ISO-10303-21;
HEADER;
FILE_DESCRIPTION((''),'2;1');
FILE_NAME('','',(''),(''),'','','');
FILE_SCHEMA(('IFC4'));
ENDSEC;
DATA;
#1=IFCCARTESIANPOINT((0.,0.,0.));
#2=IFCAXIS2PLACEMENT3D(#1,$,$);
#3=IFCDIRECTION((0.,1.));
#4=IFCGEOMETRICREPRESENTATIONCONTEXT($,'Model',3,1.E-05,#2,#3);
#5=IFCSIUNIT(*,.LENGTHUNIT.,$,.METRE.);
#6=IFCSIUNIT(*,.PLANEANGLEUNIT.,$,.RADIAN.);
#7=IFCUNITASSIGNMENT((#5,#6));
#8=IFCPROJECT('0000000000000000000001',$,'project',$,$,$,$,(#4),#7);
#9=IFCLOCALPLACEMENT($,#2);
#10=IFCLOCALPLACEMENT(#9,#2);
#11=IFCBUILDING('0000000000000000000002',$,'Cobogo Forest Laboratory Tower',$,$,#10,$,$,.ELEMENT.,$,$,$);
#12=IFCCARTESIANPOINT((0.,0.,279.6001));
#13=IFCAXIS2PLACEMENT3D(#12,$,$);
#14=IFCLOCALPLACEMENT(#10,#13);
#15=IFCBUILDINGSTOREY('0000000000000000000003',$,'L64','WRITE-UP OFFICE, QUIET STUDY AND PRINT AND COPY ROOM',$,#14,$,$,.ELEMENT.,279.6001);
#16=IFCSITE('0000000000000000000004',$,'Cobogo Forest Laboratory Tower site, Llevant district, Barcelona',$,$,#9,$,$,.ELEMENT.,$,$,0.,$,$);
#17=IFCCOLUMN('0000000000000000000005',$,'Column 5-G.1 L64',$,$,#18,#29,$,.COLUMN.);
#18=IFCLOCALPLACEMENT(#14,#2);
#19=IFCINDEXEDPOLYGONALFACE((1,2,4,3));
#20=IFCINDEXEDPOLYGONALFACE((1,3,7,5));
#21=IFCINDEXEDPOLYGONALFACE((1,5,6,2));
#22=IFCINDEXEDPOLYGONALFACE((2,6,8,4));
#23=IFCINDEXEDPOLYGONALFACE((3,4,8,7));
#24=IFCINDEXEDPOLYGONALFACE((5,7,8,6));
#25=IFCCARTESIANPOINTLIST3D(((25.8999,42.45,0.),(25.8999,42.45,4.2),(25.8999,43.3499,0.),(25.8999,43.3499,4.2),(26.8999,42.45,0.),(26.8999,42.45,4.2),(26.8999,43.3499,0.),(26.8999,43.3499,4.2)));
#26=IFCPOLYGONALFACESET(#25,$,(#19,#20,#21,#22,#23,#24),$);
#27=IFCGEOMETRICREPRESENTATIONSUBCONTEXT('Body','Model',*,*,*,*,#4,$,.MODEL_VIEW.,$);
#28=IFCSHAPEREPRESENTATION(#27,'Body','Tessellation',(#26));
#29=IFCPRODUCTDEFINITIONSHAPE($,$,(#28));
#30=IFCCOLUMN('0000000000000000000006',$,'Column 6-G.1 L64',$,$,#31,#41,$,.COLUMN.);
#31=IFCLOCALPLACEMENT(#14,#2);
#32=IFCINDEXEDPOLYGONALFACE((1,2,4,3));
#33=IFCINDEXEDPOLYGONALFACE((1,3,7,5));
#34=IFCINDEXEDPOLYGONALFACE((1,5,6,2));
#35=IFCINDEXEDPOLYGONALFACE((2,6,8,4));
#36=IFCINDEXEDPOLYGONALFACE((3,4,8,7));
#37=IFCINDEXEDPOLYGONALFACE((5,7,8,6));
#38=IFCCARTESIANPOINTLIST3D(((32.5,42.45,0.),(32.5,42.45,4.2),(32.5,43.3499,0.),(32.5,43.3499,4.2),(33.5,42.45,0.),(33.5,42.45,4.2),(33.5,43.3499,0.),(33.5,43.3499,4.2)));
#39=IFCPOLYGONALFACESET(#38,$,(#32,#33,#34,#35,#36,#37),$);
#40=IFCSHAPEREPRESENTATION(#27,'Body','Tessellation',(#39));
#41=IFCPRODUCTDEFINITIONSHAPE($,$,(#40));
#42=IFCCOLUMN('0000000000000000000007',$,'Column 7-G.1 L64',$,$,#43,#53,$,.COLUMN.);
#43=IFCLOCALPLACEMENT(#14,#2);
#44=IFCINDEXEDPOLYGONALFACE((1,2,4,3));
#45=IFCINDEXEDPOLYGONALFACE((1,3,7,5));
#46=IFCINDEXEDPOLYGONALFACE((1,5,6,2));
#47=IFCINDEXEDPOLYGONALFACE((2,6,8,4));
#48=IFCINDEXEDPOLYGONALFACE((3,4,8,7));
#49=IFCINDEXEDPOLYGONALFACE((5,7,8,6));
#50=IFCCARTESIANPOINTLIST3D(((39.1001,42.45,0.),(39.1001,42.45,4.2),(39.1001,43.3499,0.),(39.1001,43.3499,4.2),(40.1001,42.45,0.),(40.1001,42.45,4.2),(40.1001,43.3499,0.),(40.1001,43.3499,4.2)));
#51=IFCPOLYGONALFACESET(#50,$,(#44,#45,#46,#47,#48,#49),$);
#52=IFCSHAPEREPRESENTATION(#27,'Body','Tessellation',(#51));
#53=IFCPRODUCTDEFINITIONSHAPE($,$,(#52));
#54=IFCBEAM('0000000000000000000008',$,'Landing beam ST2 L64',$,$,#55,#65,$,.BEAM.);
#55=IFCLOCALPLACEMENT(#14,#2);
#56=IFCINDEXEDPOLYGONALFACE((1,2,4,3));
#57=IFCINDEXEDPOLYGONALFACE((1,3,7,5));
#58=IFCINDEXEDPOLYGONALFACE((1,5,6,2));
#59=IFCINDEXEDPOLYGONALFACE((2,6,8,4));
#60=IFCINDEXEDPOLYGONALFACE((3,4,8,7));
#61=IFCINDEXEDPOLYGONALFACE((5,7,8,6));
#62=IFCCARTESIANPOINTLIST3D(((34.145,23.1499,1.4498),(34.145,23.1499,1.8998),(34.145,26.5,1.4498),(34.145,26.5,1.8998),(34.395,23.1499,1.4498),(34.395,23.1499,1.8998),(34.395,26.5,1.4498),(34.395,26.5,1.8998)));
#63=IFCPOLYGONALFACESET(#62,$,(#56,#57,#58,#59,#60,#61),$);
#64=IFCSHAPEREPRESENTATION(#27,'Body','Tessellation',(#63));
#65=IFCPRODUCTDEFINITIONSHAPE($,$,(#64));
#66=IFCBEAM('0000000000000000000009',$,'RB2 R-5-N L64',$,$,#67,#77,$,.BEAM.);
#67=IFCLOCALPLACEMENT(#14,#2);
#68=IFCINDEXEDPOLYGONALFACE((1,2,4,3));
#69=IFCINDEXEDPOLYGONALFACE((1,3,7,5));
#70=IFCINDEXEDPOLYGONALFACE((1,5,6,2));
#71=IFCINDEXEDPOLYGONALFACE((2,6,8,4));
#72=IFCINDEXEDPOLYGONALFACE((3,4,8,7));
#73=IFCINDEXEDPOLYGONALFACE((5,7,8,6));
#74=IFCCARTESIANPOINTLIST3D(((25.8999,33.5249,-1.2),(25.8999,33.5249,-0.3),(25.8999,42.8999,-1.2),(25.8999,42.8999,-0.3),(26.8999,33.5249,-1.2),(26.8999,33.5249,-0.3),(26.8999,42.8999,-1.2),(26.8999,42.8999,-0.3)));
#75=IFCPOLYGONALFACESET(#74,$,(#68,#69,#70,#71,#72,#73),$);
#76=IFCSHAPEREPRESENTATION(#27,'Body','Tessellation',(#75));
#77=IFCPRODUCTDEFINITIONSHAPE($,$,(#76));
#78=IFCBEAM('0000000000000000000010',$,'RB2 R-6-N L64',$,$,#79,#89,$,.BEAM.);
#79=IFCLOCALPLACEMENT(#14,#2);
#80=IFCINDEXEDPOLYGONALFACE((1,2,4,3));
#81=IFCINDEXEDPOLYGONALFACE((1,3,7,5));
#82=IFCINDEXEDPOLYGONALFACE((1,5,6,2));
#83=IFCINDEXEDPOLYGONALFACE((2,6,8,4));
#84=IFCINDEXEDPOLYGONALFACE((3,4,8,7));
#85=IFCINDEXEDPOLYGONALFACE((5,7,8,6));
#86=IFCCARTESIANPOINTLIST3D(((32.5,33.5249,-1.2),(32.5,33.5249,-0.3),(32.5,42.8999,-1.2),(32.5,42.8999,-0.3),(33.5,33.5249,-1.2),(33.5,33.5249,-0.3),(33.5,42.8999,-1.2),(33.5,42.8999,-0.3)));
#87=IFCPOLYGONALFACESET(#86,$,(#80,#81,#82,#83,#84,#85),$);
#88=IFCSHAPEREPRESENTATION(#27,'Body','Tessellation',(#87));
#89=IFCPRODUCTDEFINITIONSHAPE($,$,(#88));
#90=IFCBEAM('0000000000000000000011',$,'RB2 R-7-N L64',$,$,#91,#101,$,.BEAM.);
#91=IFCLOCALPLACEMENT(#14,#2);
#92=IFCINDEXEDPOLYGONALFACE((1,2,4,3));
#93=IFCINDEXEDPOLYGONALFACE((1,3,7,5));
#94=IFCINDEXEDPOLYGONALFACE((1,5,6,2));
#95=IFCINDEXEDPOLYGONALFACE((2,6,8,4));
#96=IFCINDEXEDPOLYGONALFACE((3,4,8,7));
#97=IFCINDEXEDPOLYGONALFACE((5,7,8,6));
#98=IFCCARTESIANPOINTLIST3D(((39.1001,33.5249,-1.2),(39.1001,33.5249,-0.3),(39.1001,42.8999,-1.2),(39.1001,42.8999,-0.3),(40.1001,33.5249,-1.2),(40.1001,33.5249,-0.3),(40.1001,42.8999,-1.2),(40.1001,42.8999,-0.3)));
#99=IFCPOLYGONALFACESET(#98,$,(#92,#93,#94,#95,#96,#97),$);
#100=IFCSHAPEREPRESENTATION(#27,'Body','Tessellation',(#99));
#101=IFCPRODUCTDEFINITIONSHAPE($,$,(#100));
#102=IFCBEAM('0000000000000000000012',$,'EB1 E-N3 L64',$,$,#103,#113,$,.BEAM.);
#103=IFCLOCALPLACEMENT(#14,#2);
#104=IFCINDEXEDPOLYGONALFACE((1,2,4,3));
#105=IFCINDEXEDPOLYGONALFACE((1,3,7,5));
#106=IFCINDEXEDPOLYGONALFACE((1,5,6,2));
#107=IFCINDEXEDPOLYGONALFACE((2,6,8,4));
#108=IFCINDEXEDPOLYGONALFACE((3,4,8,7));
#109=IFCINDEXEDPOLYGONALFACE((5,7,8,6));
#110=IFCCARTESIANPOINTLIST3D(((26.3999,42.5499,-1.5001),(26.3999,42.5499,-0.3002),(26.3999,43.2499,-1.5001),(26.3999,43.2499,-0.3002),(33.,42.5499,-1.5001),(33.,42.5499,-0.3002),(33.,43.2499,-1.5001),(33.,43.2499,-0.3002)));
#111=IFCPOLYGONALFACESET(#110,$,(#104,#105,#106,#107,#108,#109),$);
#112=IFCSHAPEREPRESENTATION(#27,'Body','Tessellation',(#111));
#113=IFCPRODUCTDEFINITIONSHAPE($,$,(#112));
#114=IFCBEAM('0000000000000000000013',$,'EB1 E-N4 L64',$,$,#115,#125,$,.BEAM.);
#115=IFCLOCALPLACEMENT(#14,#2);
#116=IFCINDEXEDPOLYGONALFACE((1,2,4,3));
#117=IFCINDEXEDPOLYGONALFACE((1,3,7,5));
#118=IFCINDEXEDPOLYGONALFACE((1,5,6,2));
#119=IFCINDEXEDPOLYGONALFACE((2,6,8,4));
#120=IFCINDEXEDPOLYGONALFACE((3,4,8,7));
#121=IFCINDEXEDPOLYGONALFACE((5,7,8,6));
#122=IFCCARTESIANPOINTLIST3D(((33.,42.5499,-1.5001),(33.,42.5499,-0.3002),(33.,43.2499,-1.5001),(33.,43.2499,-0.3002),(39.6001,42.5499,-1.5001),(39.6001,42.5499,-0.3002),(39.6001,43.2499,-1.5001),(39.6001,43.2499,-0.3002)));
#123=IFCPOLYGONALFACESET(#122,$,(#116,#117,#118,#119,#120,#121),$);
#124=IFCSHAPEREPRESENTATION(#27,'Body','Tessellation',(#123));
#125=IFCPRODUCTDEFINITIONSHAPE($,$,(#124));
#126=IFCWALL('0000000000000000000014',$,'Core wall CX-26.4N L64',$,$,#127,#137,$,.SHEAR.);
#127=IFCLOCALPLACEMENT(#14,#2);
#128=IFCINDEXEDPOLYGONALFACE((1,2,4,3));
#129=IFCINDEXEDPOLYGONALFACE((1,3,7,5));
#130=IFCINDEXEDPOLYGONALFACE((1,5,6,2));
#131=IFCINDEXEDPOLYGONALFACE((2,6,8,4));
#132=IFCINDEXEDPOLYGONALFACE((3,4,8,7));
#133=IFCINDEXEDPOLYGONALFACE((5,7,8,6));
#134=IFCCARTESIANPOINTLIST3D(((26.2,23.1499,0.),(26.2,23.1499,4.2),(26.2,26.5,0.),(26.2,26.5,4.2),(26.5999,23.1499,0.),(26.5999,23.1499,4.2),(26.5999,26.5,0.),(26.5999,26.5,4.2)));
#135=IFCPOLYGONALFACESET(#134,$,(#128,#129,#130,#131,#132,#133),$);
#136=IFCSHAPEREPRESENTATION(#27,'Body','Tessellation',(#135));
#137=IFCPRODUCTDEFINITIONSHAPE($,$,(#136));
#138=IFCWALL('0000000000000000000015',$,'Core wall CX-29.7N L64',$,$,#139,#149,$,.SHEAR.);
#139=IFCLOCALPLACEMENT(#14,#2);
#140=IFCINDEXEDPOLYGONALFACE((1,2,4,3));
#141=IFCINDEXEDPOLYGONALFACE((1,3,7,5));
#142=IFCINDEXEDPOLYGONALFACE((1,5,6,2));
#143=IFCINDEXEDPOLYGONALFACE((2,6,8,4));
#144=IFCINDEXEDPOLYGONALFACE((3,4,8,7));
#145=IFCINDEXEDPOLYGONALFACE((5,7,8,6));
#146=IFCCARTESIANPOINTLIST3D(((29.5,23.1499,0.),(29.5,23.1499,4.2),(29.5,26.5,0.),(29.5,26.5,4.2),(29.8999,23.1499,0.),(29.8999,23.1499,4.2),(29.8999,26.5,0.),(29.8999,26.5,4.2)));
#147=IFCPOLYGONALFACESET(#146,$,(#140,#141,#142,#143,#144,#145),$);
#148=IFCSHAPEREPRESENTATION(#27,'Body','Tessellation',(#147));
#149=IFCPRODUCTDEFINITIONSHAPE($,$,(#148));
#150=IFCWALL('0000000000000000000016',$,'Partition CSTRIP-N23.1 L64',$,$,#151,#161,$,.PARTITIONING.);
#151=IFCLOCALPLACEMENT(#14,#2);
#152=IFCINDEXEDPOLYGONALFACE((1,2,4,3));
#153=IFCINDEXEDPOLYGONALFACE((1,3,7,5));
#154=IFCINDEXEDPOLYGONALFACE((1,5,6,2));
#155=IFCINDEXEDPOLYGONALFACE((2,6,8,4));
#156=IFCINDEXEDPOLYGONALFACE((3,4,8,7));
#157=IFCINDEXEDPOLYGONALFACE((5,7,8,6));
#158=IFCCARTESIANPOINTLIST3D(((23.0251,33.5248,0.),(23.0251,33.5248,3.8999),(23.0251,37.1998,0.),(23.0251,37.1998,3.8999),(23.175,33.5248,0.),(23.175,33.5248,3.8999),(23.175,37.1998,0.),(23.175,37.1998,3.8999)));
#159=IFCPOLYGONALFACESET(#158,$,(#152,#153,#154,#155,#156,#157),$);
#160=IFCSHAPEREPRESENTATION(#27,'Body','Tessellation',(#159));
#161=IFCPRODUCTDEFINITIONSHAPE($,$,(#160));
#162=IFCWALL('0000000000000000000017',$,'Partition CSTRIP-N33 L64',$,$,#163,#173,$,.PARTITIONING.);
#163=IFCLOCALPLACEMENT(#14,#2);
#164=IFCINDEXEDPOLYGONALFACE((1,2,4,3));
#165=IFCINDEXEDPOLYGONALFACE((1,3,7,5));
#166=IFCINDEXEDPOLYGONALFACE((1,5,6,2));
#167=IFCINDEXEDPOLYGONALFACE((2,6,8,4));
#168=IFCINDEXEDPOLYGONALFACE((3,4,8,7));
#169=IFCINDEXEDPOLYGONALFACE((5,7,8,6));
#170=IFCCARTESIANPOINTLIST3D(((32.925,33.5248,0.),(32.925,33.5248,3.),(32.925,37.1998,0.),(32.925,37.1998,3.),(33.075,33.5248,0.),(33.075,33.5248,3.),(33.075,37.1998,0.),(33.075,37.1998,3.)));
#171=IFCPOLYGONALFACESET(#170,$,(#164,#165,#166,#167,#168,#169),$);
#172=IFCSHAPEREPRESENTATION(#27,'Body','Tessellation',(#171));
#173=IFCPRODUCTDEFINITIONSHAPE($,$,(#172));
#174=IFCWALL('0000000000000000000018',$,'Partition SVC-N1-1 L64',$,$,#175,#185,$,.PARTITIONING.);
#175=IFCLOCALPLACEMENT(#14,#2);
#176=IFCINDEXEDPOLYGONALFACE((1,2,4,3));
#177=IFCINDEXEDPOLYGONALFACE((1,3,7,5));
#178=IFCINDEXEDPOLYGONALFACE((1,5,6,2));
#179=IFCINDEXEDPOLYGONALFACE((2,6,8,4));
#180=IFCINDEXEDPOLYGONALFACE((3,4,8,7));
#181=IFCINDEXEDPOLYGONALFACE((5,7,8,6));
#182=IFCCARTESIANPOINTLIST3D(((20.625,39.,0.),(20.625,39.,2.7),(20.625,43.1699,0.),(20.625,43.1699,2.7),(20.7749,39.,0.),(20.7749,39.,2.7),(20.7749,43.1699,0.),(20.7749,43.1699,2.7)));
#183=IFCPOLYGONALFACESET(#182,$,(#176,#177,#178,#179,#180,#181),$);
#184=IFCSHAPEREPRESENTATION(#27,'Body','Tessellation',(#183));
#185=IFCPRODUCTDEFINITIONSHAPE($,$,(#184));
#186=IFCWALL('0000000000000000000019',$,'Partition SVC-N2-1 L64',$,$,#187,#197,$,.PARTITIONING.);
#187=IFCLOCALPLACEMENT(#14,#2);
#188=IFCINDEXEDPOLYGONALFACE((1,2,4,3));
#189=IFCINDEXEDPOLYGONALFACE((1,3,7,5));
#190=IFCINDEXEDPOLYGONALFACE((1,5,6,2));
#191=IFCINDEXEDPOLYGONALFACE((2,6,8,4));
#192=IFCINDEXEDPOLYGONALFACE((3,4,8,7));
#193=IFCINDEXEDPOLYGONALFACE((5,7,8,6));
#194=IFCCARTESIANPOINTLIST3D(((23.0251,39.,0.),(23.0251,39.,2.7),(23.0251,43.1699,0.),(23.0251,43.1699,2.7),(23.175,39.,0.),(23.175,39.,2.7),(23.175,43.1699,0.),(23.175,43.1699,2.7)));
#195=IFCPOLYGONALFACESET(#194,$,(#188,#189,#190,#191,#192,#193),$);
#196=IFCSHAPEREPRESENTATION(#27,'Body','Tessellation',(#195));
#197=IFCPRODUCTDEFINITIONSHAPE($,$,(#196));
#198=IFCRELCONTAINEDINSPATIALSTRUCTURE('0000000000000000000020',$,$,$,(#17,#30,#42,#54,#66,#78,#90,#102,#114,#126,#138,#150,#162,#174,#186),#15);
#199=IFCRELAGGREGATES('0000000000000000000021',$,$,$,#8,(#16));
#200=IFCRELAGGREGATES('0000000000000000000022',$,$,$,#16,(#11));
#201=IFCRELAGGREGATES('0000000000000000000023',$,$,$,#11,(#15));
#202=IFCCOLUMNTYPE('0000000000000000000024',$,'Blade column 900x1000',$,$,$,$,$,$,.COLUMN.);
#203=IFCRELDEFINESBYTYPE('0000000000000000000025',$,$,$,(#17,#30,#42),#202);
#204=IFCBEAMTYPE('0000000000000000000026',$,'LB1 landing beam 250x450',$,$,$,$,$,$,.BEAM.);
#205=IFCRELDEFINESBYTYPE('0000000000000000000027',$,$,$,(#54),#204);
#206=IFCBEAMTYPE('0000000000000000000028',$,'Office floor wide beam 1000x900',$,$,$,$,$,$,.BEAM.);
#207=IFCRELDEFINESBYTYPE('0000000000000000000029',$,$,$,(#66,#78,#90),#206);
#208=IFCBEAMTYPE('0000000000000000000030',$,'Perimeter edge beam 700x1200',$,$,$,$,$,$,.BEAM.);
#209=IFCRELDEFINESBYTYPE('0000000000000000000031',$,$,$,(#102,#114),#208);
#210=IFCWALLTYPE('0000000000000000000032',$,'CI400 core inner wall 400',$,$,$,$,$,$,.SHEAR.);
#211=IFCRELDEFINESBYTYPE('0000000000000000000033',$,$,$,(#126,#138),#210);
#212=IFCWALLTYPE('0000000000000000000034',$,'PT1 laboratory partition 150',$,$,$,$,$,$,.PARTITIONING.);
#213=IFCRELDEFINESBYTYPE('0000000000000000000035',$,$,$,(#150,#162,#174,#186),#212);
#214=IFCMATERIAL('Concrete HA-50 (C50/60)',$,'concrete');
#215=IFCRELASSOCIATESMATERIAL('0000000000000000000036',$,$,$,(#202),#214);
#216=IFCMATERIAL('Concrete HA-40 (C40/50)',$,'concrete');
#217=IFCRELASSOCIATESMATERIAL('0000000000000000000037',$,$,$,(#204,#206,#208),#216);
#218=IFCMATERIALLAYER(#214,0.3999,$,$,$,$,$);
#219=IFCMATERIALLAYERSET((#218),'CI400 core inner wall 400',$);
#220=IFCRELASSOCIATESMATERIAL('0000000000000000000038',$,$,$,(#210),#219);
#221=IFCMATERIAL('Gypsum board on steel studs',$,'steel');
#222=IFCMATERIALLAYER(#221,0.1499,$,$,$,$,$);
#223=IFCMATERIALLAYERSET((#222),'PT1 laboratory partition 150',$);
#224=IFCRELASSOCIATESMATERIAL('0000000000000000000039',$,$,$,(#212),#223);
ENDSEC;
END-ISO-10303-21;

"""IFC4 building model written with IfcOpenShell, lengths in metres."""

from ifc_helpers import new_model, si_unit, direction, frame, frame_2d, origin, origin_2d, place, context, subcontext, project, spatial, rectangle, extrude, material, layer, layer_set, material_profile, profile_set, type_object, element, save


model = new_model("IFC4")

# Units and contexts
model_context = context("Model", 3, precision=1e-05, world=origin(), true_north=direction((0.0, 1.0)))
body_context = subcontext(model_context, "Body", "Model", "MODEL_VIEW")
ifc_project = project(units=[si_unit("LENGTHUNIT", "METRE"), si_unit("PLANEANGLEUNIT", "RADIAN")], contexts=[model_context])

# Site, building, storey
site_placement = place(None, origin())
site = spatial("IfcSite", under=ifc_project, at=site_placement, Name="Cobogo Forest Laboratory Tower site, Llevant district, Barcelona", CompositionType="ELEMENT", RefElevation=0.0)
building_placement = place(site_placement, origin())
building = spatial("IfcBuilding", under=site, at=building_placement, Name="Cobogo Forest Laboratory Tower", CompositionType="ELEMENT")
storey_placement = place(building_placement, frame((0.0, 0.0, 279.6001)))
storey = spatial("IfcBuildingStorey", under=building, at=storey_placement, Name="L64", Description="WRITE-UP OFFICE, QUIET STUDY AND PRINT AND COPY ROOM", CompositionType="ELEMENT", Elevation=279.6001)

# Columns
ifc_material_1 = material(Name="Concrete HA-50 (C50/60)", Category="concrete")
ifc_material_profile_1 = material_profile(ifc_material_1, rectangle(XDim=1.0, YDim=0.8999, at=origin_2d()), Name="RC 900x1000")
ifc_profile_set_1 = profile_set([ifc_material_profile_1], Name="Concrete HA-50 (C50/60)")
column_type = type_object("IfcColumnType", Name="Blade column 900x1000", PredefinedType="COLUMN", material=ifc_profile_set_1)
for number, where, z_axis, x_axis, name in (
    (1, (26.3999, 42.8999, 0.0), (0.0, 0.0, 1.0), (1.0, 0.0, 0.0), "Column 5-G.1 L64"),
    (2, (33.0, 42.8999, 0.0), (0.0, 0.0, 1.0), (1.0, 0.0, 0.0), "Column 6-G.1 L64"),
    (3, (39.6001, 42.8999, 0.0), (0.0, 0.0, 1.0), (1.0, 0.0, 0.0), "Column 7-G.1 L64"),
):
    element("IfcColumn", number, at=place(storey_placement, frame(where, z_axis=z_axis, x_axis=x_axis)), inside=storey, type_object=column_type, Name=name, PredefinedType="COLUMN", context=body_context, shape_type="SweptSolid", body=[
        extrude(rectangle(XDim=1.0, YDim=0.8999, at=origin_2d()), origin(), (0.0, 0.0, 1.0), 4.2),
    ])

# Beams
ifc_material_2 = material(Name="Concrete HA-40 (C40/50)", Category="concrete")
ifc_material_profile_2 = material_profile(ifc_material_2, rectangle(XDim=0.25, YDim=0.45, at=origin_2d()), Name="RC 250x450")
ifc_profile_set_2 = profile_set([ifc_material_profile_2], Name="Concrete HA-40 (C40/50)")
beam_type_1 = type_object("IfcBeamType", Name="LB1 landing beam 250x450", PredefinedType="BEAM", material=ifc_profile_set_2)
beam_placement = place(storey_placement, frame((34.27, 23.1499, 1.6748), z_axis=(0.0, 1.0, 0.0), x_axis=(-1.0, 0.0, 0.0)))
element("IfcBeam", 4, at=beam_placement, inside=storey, type_object=beam_type_1, Name="Landing beam ST2 L64", PredefinedType="BEAM", context=body_context, shape_type="SweptSolid", body=[
    extrude(rectangle(XDim=0.25, YDim=0.45, at=origin_2d()), origin(), (0.0, 0.0, 1.0), 3.3501),
])
ifc_material_profile_3 = material_profile(ifc_material_2, rectangle(XDim=1.0, YDim=0.8999, at=origin_2d()), Name="RC 1000x900")
ifc_profile_set_3 = profile_set([ifc_material_profile_3], Name="Concrete HA-40 (C40/50)")
beam_type_2 = type_object("IfcBeamType", Name="Office floor wide beam 1000x900", PredefinedType="BEAM", material=ifc_profile_set_3)
for number, where, z_axis, x_axis, name in (
    (5, (26.3999, 33.5249, -0.75), (0.0, 1.0, 0.0), (-1.0, 0.0, 0.0), "RB2 R-5-N L64"),
    (6, (33.0, 33.5249, -0.75), (0.0, 1.0, 0.0), (-1.0, 0.0, 0.0), "RB2 R-6-N L64"),
    (7, (39.6001, 33.5249, -0.75), (0.0, 1.0, 0.0), (-1.0, 0.0, 0.0), "RB2 R-7-N L64"),
):
    element("IfcBeam", number, at=place(storey_placement, frame(where, z_axis=z_axis, x_axis=x_axis)), inside=storey, type_object=beam_type_2, Name=name, PredefinedType="BEAM", context=body_context, shape_type="SweptSolid", body=[
        extrude(rectangle(XDim=1.0, YDim=0.8999, at=origin_2d()), origin(), (0.0, 0.0, 1.0), 9.375),
    ])
ifc_material_profile_4 = material_profile(ifc_material_2, rectangle(XDim=0.7, YDim=1.2, at=origin_2d()), Name="RC 700x1200")
ifc_profile_set_4 = profile_set([ifc_material_profile_4], Name="Concrete HA-40 (C40/50)")
beam_type_3 = type_object("IfcBeamType", Name="Perimeter edge beam 700x1200", PredefinedType="BEAM", material=ifc_profile_set_4)
for number, where, z_axis, x_axis, name in (
    (8, (26.3999, 42.8999, -0.9001), (1.0, 0.0, 0.0), (0.0, 1.0, 0.0), "EB1 E-N3 L64"),
    (9, (33.0, 42.8999, -0.9001), (1.0, 0.0, 0.0), (0.0, 1.0, 0.0), "EB1 E-N4 L64"),
):
    element("IfcBeam", number, at=place(storey_placement, frame(where, z_axis=z_axis, x_axis=x_axis)), inside=storey, type_object=beam_type_3, Name=name, PredefinedType="BEAM", context=body_context, shape_type="SweptSolid", body=[
        extrude(rectangle(XDim=0.7, YDim=1.2, at=origin_2d()), origin(), (0.0, 0.0, 1.0), 6.6001),
    ])

# Walls
ifc_layer_1 = layer(ifc_material_1, 0.3999)
ifc_layer_set_1 = layer_set([ifc_layer_1], Name="CI400 core inner wall 400")
wall_type_1 = type_object("IfcWallType", Name="CI400 core inner wall 400", PredefinedType="SHEAR", material=ifc_layer_set_1)
for number, where, z_axis, x_axis, name in (
    (10, (26.3999, 23.1499, 0.0), (0.0, 0.0, 1.0), (0.0, 1.0, 0.0), "Core wall CX-26.4N L64"),
    (11, (29.7, 23.1499, 0.0), (0.0, 0.0, 1.0), (0.0, 1.0, 0.0), "Core wall CX-29.7N L64"),
):
    element("IfcWall", number, at=place(storey_placement, frame(where, z_axis=z_axis, x_axis=x_axis)), inside=storey, type_object=wall_type_1, Name=name, PredefinedType="SHEAR", context=body_context, shape_type="SweptSolid", body=[
        extrude(rectangle(XDim=3.3501, YDim=0.3999, at=frame_2d((1.675, 0.0))), origin(), (0.0, 0.0, 1.0), 4.2),
    ])
ifc_material_3 = material(Name="Gypsum board on steel studs", Category="steel")
ifc_layer_2 = layer(ifc_material_3, 0.1499)
ifc_layer_set_2 = layer_set([ifc_layer_2], Name="PT1 laboratory partition 150")
wall_type_2 = type_object("IfcWallType", Name="PT1 laboratory partition 150", PredefinedType="PARTITIONING", material=ifc_layer_set_2)
wall_1_placement = place(storey_placement, frame((23.1001, 33.5249, 0.0), z_axis=(0.0, 0.0, 1.0), x_axis=(0.0, 1.0, 0.0)))
element("IfcWall", 12, at=wall_1_placement, inside=storey, type_object=wall_type_2, Name="Partition CSTRIP-N23.1 L64", PredefinedType="PARTITIONING", context=body_context, shape_type="SweptSolid", body=[
    extrude(rectangle(XDim=3.675, YDim=0.1499, at=frame_2d((1.8374, 0.0))), origin(), (0.0, 0.0, 1.0), 3.8999),
])
wall_2_placement = place(storey_placement, frame((33.0, 33.5249, 0.0), z_axis=(0.0, 0.0, 1.0), x_axis=(0.0, 1.0, 0.0)))
element("IfcWall", 13, at=wall_2_placement, inside=storey, type_object=wall_type_2, Name="Partition CSTRIP-N33 L64", PredefinedType="PARTITIONING", context=body_context, shape_type="SweptSolid", body=[
    extrude(rectangle(XDim=3.675, YDim=0.1499, at=frame_2d((1.8374, 0.0))), origin(), (0.0, 0.0, 1.0), 3.0),
])
for number, where, z_axis, x_axis, name in (
    (14, (20.7, 43.1699, 0.0), (0.0, 0.0, 1.0), (0.0, -1.0, 0.0), "Partition SVC-N1-1 L64"),
    (15, (23.1001, 43.1699, 0.0), (0.0, 0.0, 1.0), (0.0, -1.0, 0.0), "Partition SVC-N2-1 L64"),
):
    element("IfcWall", number, at=place(storey_placement, frame(where, z_axis=z_axis, x_axis=x_axis)), inside=storey, type_object=wall_type_2, Name=name, PredefinedType="PARTITIONING", context=body_context, shape_type="SweptSolid", body=[
        extrude(rectangle(XDim=4.1699, YDim=0.1499, at=frame_2d((2.085, 0.0))), origin(), (0.0, 0.0, 1.0), 2.7),
    ])

save(model, "model.ifc")
